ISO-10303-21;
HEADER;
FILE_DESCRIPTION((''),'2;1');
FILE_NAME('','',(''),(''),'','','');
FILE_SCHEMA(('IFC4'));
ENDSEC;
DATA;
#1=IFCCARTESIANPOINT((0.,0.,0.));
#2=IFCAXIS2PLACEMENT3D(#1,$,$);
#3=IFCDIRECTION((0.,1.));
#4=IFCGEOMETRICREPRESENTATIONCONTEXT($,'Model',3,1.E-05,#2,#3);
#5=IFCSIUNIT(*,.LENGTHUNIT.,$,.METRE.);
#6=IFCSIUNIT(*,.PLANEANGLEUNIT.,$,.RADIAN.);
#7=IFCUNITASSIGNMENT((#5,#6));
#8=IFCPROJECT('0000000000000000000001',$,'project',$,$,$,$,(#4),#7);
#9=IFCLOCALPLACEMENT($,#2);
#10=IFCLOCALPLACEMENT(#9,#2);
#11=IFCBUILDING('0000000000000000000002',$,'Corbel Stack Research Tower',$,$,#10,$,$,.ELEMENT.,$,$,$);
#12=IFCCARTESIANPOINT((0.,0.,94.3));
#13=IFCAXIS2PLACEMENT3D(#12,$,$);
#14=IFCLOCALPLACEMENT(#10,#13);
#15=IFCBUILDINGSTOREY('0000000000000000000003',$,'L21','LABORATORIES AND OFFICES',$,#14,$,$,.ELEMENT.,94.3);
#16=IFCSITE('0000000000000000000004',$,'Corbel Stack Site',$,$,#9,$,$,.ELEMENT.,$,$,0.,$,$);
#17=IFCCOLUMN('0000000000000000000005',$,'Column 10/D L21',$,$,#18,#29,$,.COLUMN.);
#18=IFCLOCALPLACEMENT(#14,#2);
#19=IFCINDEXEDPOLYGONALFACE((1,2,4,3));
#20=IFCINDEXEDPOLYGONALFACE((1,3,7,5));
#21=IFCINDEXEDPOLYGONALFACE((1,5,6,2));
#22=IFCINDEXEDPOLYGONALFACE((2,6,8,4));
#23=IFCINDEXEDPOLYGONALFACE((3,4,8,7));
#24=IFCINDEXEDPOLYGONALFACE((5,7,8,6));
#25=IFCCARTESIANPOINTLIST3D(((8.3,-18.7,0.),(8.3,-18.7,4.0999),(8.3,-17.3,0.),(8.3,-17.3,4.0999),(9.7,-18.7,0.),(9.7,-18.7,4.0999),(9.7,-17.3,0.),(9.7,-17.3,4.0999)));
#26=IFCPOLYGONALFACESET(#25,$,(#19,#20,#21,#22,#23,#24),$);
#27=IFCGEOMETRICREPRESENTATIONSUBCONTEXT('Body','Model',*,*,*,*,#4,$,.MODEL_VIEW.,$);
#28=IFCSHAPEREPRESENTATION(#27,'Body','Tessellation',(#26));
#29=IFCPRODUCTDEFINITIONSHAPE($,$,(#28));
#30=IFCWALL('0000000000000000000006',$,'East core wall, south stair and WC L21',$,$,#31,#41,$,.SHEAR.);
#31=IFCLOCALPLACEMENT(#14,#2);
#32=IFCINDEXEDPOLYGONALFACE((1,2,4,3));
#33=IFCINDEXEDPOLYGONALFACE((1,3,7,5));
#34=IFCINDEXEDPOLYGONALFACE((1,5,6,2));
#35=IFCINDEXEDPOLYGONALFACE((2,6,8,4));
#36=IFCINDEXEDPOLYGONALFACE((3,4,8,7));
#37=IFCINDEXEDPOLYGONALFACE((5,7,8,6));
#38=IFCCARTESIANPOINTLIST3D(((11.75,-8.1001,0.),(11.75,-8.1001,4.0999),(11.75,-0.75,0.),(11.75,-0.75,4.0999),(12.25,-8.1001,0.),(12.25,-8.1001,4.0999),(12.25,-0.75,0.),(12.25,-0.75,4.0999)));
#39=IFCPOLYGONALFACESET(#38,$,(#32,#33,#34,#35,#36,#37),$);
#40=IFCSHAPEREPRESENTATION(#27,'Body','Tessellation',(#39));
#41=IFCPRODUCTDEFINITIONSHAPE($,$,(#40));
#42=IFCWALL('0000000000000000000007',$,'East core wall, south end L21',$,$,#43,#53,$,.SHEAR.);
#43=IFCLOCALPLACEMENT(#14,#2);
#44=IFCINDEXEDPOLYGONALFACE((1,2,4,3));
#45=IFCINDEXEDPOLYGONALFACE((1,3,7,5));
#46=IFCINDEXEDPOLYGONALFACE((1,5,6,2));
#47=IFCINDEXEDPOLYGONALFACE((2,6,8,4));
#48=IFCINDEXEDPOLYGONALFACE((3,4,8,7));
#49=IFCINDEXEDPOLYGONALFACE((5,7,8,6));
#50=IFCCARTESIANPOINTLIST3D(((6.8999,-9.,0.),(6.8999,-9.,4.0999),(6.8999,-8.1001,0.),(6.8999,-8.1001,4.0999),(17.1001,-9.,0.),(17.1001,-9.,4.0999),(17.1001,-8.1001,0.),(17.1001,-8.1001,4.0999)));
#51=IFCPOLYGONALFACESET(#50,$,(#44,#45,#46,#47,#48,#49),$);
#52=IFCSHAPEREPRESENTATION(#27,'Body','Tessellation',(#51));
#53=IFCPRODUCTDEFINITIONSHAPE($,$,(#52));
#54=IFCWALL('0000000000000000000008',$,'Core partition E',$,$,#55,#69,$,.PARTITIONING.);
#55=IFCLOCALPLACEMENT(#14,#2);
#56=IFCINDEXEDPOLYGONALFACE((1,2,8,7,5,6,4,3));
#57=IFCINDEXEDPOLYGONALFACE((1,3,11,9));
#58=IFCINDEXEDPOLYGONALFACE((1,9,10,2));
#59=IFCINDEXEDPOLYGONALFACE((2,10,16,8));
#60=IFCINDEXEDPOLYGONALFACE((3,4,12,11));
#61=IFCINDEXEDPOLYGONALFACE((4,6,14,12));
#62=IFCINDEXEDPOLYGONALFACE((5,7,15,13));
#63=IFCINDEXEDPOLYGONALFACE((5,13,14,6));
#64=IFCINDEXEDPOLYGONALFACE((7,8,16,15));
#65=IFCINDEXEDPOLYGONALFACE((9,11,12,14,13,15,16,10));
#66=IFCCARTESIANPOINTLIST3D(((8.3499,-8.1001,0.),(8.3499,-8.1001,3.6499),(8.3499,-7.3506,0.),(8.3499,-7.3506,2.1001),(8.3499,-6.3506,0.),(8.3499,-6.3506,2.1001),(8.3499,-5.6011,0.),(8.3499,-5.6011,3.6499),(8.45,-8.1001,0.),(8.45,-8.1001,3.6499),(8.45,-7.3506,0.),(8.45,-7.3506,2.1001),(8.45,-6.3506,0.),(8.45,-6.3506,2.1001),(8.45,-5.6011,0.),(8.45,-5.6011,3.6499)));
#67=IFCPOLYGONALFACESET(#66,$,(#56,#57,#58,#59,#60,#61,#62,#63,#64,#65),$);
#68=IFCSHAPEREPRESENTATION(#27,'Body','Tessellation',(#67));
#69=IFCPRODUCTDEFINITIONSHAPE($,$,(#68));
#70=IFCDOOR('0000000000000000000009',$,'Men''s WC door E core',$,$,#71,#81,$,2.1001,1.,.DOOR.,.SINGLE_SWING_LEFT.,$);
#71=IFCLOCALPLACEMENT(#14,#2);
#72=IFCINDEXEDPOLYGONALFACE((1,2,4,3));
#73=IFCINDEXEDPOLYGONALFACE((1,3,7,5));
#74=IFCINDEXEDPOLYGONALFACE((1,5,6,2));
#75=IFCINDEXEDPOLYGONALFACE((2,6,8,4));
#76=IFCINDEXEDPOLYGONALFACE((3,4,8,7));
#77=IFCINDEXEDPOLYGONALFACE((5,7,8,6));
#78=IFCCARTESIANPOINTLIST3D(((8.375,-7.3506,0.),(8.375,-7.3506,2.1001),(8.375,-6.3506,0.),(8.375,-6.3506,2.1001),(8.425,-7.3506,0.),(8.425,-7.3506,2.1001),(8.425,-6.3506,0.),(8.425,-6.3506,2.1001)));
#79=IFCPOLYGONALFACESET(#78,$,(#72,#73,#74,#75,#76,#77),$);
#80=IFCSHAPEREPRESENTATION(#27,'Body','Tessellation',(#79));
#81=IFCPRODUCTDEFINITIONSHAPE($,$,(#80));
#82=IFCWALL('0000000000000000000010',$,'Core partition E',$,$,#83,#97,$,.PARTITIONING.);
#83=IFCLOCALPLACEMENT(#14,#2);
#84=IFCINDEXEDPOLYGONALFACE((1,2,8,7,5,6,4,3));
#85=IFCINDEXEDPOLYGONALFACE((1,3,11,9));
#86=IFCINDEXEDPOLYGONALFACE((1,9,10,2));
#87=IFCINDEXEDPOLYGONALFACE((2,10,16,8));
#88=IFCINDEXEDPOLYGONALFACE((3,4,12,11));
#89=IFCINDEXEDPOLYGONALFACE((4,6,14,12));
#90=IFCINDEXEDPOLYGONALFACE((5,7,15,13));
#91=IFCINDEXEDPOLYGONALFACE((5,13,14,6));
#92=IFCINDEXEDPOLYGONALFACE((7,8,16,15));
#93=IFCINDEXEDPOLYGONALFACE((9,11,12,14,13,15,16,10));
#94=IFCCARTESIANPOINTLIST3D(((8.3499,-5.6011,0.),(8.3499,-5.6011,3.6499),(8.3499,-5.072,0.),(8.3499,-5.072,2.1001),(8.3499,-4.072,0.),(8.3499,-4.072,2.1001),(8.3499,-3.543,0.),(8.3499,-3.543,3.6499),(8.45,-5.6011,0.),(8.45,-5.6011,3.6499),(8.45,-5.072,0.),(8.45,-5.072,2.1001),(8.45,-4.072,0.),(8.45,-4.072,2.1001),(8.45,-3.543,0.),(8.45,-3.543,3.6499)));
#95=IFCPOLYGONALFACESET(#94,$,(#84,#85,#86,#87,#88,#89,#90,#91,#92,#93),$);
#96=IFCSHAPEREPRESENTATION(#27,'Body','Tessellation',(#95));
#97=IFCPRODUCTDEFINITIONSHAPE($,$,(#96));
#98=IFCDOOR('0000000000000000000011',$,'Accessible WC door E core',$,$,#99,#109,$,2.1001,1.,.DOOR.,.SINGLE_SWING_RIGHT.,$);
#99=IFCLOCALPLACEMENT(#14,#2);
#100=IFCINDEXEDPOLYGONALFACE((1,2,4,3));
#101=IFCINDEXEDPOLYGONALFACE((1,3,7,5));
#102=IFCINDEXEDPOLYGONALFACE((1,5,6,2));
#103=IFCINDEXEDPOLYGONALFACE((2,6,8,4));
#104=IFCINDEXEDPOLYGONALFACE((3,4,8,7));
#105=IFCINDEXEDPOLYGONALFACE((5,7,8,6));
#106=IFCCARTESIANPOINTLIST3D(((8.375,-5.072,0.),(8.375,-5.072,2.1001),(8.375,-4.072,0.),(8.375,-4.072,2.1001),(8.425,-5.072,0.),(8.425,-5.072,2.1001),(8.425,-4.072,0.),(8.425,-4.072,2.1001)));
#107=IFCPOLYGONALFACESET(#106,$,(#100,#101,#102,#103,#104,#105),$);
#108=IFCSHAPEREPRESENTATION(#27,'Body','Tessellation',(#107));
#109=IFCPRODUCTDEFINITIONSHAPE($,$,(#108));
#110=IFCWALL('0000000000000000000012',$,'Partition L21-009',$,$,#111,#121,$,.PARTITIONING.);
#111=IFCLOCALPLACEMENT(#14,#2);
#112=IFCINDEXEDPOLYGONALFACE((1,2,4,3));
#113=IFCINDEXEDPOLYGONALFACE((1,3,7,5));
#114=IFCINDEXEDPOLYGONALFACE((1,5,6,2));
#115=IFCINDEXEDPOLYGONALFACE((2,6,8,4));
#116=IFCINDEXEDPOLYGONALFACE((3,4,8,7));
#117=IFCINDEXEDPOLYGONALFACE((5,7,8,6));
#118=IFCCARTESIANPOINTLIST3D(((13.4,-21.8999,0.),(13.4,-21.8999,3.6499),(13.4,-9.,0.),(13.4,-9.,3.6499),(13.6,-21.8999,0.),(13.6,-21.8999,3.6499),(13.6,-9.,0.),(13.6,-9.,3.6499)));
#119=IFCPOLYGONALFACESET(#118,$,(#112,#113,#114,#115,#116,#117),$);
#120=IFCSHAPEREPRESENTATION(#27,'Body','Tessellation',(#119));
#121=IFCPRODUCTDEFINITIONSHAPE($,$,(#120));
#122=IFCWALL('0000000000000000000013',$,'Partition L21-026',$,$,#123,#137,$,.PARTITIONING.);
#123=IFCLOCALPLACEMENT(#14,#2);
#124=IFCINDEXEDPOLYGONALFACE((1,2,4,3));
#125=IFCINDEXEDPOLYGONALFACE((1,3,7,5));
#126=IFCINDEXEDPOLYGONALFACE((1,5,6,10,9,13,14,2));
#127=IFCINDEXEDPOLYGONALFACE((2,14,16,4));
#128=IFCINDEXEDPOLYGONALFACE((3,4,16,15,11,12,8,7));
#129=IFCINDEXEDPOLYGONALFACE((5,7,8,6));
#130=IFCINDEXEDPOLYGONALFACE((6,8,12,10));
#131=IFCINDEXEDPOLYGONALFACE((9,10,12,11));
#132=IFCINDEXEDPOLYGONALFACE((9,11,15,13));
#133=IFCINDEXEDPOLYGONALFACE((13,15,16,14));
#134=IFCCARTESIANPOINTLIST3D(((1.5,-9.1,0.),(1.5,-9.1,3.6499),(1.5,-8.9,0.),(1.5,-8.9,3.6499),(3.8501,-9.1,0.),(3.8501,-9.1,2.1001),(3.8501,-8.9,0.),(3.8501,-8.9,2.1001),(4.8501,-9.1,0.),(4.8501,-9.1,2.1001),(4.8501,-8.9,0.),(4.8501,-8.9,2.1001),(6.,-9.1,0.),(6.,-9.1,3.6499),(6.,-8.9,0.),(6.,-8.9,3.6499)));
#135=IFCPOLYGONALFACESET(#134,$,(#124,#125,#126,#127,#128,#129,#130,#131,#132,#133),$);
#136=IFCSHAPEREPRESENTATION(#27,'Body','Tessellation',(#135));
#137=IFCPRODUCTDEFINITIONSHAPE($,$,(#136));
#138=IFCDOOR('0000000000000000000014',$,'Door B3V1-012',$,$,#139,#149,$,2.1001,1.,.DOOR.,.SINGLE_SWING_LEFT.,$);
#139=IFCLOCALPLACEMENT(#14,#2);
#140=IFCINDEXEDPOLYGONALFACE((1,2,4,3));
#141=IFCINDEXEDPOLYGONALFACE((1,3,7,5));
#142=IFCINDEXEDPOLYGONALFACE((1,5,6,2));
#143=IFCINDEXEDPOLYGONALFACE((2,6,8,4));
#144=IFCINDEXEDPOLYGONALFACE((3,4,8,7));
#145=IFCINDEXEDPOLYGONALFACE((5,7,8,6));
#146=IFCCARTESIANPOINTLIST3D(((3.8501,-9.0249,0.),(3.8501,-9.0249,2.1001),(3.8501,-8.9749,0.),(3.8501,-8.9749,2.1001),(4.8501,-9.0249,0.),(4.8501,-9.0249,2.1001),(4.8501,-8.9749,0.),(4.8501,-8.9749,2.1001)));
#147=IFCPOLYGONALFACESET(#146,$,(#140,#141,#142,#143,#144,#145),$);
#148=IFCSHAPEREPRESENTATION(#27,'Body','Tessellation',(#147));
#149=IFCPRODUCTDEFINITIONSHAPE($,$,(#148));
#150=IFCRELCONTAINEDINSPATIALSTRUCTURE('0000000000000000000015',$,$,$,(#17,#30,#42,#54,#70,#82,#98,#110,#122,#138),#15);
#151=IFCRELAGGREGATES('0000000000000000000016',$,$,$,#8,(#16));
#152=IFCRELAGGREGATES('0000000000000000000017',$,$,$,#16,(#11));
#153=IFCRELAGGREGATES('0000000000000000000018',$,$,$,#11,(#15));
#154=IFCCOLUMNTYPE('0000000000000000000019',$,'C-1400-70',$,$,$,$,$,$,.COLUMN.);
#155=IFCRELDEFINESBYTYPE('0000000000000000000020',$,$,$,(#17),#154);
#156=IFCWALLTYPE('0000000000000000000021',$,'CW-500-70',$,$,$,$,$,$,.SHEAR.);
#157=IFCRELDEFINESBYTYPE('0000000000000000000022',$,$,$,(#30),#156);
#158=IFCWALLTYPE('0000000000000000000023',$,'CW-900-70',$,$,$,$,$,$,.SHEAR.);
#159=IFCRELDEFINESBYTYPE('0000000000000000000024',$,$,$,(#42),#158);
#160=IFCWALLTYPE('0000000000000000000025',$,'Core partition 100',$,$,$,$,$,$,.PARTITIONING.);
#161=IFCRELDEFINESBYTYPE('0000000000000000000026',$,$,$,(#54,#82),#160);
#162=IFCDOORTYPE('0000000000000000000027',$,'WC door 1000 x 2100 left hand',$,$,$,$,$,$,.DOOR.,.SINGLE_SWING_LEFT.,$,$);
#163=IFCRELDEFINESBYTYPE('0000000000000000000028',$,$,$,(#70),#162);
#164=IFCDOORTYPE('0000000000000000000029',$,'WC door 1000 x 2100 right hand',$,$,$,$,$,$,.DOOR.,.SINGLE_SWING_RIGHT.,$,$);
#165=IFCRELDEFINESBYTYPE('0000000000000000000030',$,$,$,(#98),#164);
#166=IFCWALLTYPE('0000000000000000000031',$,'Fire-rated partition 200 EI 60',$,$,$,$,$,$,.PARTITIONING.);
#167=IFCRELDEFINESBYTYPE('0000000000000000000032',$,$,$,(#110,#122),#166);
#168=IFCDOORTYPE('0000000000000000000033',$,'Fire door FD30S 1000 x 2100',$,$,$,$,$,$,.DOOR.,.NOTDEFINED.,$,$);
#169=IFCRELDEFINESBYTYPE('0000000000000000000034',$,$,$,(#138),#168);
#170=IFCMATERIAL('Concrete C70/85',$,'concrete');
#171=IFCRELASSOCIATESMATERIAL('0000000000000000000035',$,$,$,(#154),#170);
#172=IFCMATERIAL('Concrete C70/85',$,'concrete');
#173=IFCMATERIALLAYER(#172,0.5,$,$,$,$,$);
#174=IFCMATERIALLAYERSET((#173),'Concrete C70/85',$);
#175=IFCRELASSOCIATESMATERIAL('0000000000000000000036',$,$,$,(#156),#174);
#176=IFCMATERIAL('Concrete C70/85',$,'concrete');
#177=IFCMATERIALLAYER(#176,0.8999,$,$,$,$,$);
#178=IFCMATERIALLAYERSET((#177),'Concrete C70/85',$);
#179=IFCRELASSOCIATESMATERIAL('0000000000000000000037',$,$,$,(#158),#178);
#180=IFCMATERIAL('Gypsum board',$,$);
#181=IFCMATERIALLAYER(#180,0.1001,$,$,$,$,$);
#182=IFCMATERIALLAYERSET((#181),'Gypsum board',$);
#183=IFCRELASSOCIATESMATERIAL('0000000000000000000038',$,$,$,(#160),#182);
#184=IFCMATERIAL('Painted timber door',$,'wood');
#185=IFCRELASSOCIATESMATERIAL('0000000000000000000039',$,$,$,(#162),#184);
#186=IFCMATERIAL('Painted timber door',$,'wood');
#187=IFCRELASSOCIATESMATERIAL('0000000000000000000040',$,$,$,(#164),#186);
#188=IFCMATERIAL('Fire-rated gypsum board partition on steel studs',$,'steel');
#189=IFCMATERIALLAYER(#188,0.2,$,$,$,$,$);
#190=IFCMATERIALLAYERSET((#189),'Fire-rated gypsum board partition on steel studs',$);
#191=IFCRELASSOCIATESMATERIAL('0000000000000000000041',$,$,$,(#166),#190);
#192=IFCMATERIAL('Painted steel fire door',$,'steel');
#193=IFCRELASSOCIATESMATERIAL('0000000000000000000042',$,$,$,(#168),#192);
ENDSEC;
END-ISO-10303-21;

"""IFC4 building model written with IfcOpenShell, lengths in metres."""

from ifc_helpers import new_model, si_unit, direction, frame, frame_2d, origin, origin_2d, place, context, subcontext, project, spatial, rectangle, extrude, material, layer, layer_set, material_profile, profile_set, type_object, element, fill, save


model = new_model("IFC4")

# Units and contexts
model_context = context("Model", 3, precision=1e-05, world=origin(), true_north=direction((0.0, 1.0)))
body_context = subcontext(model_context, "Body", "Model", "MODEL_VIEW")
ifc_project = project(units=[si_unit("LENGTHUNIT", "METRE"), si_unit("PLANEANGLEUNIT", "RADIAN")], contexts=[model_context])

# Site, building, storey
site_placement = place(None, origin())
site = spatial("IfcSite", under=ifc_project, at=site_placement, Name="Corbel Stack Site", CompositionType="ELEMENT", RefElevation=0.0)
building_placement = place(site_placement, origin())
building = spatial("IfcBuilding", under=site, at=building_placement, Name="Corbel Stack Research Tower", CompositionType="ELEMENT")
storey_placement = place(building_placement, frame((0.0, 0.0, 94.3)))
storey = spatial("IfcBuildingStorey", under=building, at=storey_placement, Name="L21", Description="LABORATORIES AND OFFICES", CompositionType="ELEMENT", Elevation=94.3)

# Column
ifc_material_1 = material(Name="Concrete C70/85", Category="concrete")
ifc_material_profile = material_profile(ifc_material_1, rectangle(XDim=1.3999, YDim=1.3999, at=origin_2d()), Name="RC 1400 x 1400")
ifc_profile_set = profile_set([ifc_material_profile], Name="Concrete C70/85")
column_type = type_object("IfcColumnType", Name="C-1400-70", PredefinedType="COLUMN", material=ifc_profile_set)
column_placement = place(storey_placement, frame((9.0, -18.0, 0.0), z_axis=(0.0, 0.0, 1.0), x_axis=(1.0, 0.0, 0.0)))
element("IfcColumn", 1, at=column_placement, inside=storey, type_object=column_type, Name="Column 10/D L21", PredefinedType="COLUMN", context=body_context, shape_type="SweptSolid", body=[
    extrude(rectangle(XDim=1.3999, YDim=1.3999, at=origin_2d()), origin(), (0.0, 0.0, 1.0), 4.0999),
])

# Wall
ifc_material_2 = material(Name="Concrete C70/85", Category="concrete")
ifc_layer_1 = layer(ifc_material_2, 0.5)
ifc_layer_set_1 = layer_set([ifc_layer_1], Name="Concrete C70/85")
wall_type_1 = type_object("IfcWallType", Name="CW-500-70", PredefinedType="SHEAR", material=ifc_layer_set_1)
wall_1_placement = place(storey_placement, frame((12.0, -8.1001, 0.0), z_axis=(0.0, 0.0, 1.0), x_axis=(0.0, 1.0, 0.0)))
element("IfcWall", 2, at=wall_1_placement, inside=storey, type_object=wall_type_1, Name="East core wall, south stair and WC L21", PredefinedType="SHEAR", context=body_context, shape_type="SweptSolid", body=[
    extrude(rectangle(XDim=7.3501, YDim=0.5, at=frame_2d((3.675, 0.0))), origin(), (0.0, 0.0, 1.0), 4.0999),
])

# Shared definitions
ifc_material_3 = material(Name="Concrete C70/85", Category="concrete")
ifc_layer_2 = layer(ifc_material_3, 0.8999)
ifc_layer_set_2 = layer_set([ifc_layer_2], Name="Concrete C70/85")
wall_type_2 = type_object("IfcWallType", Name="CW-900-70", PredefinedType="SHEAR", material=ifc_layer_set_2)

# Wall
wall_2_placement = place(storey_placement, frame((6.8999, -8.55, 0.0), z_axis=(0.0, 0.0, 1.0), x_axis=(1.0, 0.0, 0.0)))
element("IfcWall", 3, at=wall_2_placement, inside=storey, type_object=wall_type_2, Name="East core wall, south end L21", PredefinedType="SHEAR", context=body_context, shape_type="SweptSolid", body=[
    extrude(rectangle(XDim=10.2002, YDim=0.8999, at=frame_2d((5.1001, 0.0))), origin(), (0.0, 0.0, 1.0), 4.0999),
])

# Walls, openings, doors
ifc_material_4 = material(Name="Gypsum board")
ifc_layer_3 = layer(ifc_material_4, 0.1001)
ifc_layer_set_3 = layer_set([ifc_layer_3], Name="Gypsum board")
wall_type_3 = type_object("IfcWallType", Name="Core partition 100", PredefinedType="PARTITIONING", material=ifc_layer_set_3)
wall_3_placement = place(storey_placement, frame((8.3999, -8.1001, 0.0), z_axis=(0.0, 0.0, 1.0), x_axis=(0.0, 1.0, 0.0)))
wall_3 = element("IfcWall", 4, at=wall_3_placement, inside=storey, type_object=wall_type_3, Name="Core partition E", PredefinedType="PARTITIONING", context=body_context, shape_type="SweptSolid", body=[
    extrude(rectangle(XDim=2.499, YDim=0.1001, at=frame_2d((1.2495, 0.0))), origin(), (0.0, 0.0, 1.0), 3.6499),
])
opening_1_placement = place(wall_3_placement, frame((0.7495, 0.0, 0.0)))
opening_1 = element("IfcOpeningElement", 5, at=opening_1_placement, cuts=wall_3, PredefinedType="OPENING", context=body_context, shape_type="SweptSolid", body=[
    extrude(rectangle(XDim=1.0, YDim=2.1001, at=frame_2d((0.5, 1.05))), frame((0.0, 0.0601, 0.0), z_axis=(0.0, -1.0, 0.0), x_axis=(1.0, 0.0, 0.0)), (0.0, 0.0, 1.0), 0.1201),
])
ifc_material_5 = material(Name="Painted timber door", Category="wood")
door_type_1 = type_object("IfcDoorType", Name="WC door 1000 x 2100 left hand", OperationType="SINGLE_SWING_LEFT", PredefinedType="DOOR", material=ifc_material_5)
door_1_placement = place(opening_1_placement, origin())
door_1 = element("IfcDoor", 6, at=door_1_placement, inside=storey, type_object=door_type_1, Name="Men's WC door E core", OperationType="SINGLE_SWING_LEFT", OverallHeight=2.1001, OverallWidth=1.0, PredefinedType="DOOR", context=body_context, shape_type="SweptSolid", body=[
    extrude(rectangle(XDim=1.0, YDim=2.1001, at=frame_2d((0.5, 1.05))), frame((0.0, 0.0249, 0.0), z_axis=(0.0, -1.0, 0.0), x_axis=(1.0, 0.0, 0.0)), (0.0, 0.0, 1.0), 0.05),
])
fill(opening_1, door_1)
wall_4_placement = place(storey_placement, frame((8.3999, -5.6011, 0.0), z_axis=(0.0, 0.0, 1.0), x_axis=(0.0, 1.0, 0.0)))
wall_4 = element("IfcWall", 7, at=wall_4_placement, inside=storey, type_object=wall_type_3, Name="Core partition E", PredefinedType="PARTITIONING", context=body_context, shape_type="SweptSolid", body=[
    extrude(rectangle(XDim=2.0581, YDim=0.1001, at=frame_2d((1.0291, 0.0))), origin(), (0.0, 0.0, 1.0), 3.6499),
])
opening_2_placement = place(wall_4_placement, frame((0.5291, 0.0, 0.0)))
opening_2 = element("IfcOpeningElement", 8, at=opening_2_placement, cuts=wall_4, PredefinedType="OPENING", context=body_context, shape_type="SweptSolid", body=[
    extrude(rectangle(XDim=1.0, YDim=2.1001, at=frame_2d((0.5, 1.05))), frame((0.0, 0.0601, 0.0), z_axis=(0.0, -1.0, 0.0), x_axis=(1.0, 0.0, 0.0)), (0.0, 0.0, 1.0), 0.1201),
])
ifc_material_6 = material(Name="Painted timber door", Category="wood")
door_type_2 = type_object("IfcDoorType", Name="WC door 1000 x 2100 right hand", OperationType="SINGLE_SWING_RIGHT", PredefinedType="DOOR", material=ifc_material_6)
door_2_placement = place(opening_2_placement, origin())
door_2 = element("IfcDoor", 9, at=door_2_placement, inside=storey, type_object=door_type_2, Name="Accessible WC door E core", OperationType="SINGLE_SWING_RIGHT", OverallHeight=2.1001, OverallWidth=1.0, PredefinedType="DOOR", context=body_context, shape_type="SweptSolid", body=[
    extrude(rectangle(XDim=1.0, YDim=2.1001, at=frame_2d((0.5, 1.05))), frame((0.0, 0.0249, 0.0), z_axis=(0.0, -1.0, 0.0), x_axis=(1.0, 0.0, 0.0)), (0.0, 0.0, 1.0), 0.05),
])
fill(opening_2, door_2)

# Wall
ifc_material_7 = material(Name="Fire-rated gypsum board partition on steel studs", Category="steel")
ifc_layer_4 = layer(ifc_material_7, 0.2)
ifc_layer_set_4 = layer_set([ifc_layer_4], Name="Fire-rated gypsum board partition on steel studs")
wall_type_4 = type_object("IfcWallType", Name="Fire-rated partition 200 EI 60", PredefinedType="PARTITIONING", material=ifc_layer_set_4)
wall_5_placement = place(storey_placement, frame((13.5, -21.8999, 0.0), z_axis=(0.0, 0.0, 1.0), x_axis=(0.0, 1.0, 0.0)))
element("IfcWall", 10, at=wall_5_placement, inside=storey, type_object=wall_type_4, Name="Partition L21-009", PredefinedType="PARTITIONING", context=body_context, shape_type="SweptSolid", body=[
    extrude(rectangle(XDim=12.8999, YDim=0.2, at=frame_2d((6.45, 0.0))), origin(), (0.0, 0.0, 1.0), 3.6499),
])

# Wall, opening, door
wall_6_placement = place(storey_placement, frame((6.0, -9.0, 0.0), z_axis=(0.0, 0.0, 1.0), x_axis=(-1.0, 0.0, 0.0)))
wall_6 = element("IfcWall", 11, at=wall_6_placement, inside=storey, type_object=wall_type_4, Name="Partition L21-026", PredefinedType="PARTITIONING", context=body_context, shape_type="SweptSolid", body=[
    extrude(rectangle(XDim=4.5, YDim=0.2, at=frame_2d((2.25, 0.0))), origin(), (0.0, 0.0, 1.0), 3.6499),
])
opening_3_placement = place(wall_6_placement, frame((1.1499, 0.0, 0.0)))
opening_3 = element("IfcOpeningElement", 12, at=opening_3_placement, cuts=wall_6, PredefinedType="OPENING", context=body_context, shape_type="SweptSolid", body=[
    extrude(rectangle(XDim=1.0, YDim=2.1001, at=frame_2d((0.5, 1.05))), frame((0.0, 0.1099, 0.0), z_axis=(0.0, -1.0, 0.0), x_axis=(1.0, 0.0, 0.0)), (0.0, 0.0, 1.0), 0.22),
])
ifc_material_8 = material(Name="Painted steel fire door", Category="steel")
door_type_3 = type_object("IfcDoorType", Name="Fire door FD30S 1000 x 2100", OperationType="NOTDEFINED", PredefinedType="DOOR", material=ifc_material_8)
door_3_placement = place(opening_3_placement, origin())
door_3 = element("IfcDoor", 13, at=door_3_placement, inside=storey, type_object=door_type_3, Name="Door B3V1-012", OperationType="SINGLE_SWING_LEFT", OverallHeight=2.1001, OverallWidth=1.0, PredefinedType="DOOR", context=body_context, shape_type="SweptSolid", body=[
    extrude(rectangle(XDim=1.0, YDim=2.1001, at=frame_2d((0.5, 1.05))), frame((0.0, 0.0249, 0.0), z_axis=(0.0, -1.0, 0.0), x_axis=(1.0, 0.0, 0.0)), (0.0, 0.0, 1.0), 0.05),
])
fill(opening_3, door_3)

save(model, "model.ifc")
